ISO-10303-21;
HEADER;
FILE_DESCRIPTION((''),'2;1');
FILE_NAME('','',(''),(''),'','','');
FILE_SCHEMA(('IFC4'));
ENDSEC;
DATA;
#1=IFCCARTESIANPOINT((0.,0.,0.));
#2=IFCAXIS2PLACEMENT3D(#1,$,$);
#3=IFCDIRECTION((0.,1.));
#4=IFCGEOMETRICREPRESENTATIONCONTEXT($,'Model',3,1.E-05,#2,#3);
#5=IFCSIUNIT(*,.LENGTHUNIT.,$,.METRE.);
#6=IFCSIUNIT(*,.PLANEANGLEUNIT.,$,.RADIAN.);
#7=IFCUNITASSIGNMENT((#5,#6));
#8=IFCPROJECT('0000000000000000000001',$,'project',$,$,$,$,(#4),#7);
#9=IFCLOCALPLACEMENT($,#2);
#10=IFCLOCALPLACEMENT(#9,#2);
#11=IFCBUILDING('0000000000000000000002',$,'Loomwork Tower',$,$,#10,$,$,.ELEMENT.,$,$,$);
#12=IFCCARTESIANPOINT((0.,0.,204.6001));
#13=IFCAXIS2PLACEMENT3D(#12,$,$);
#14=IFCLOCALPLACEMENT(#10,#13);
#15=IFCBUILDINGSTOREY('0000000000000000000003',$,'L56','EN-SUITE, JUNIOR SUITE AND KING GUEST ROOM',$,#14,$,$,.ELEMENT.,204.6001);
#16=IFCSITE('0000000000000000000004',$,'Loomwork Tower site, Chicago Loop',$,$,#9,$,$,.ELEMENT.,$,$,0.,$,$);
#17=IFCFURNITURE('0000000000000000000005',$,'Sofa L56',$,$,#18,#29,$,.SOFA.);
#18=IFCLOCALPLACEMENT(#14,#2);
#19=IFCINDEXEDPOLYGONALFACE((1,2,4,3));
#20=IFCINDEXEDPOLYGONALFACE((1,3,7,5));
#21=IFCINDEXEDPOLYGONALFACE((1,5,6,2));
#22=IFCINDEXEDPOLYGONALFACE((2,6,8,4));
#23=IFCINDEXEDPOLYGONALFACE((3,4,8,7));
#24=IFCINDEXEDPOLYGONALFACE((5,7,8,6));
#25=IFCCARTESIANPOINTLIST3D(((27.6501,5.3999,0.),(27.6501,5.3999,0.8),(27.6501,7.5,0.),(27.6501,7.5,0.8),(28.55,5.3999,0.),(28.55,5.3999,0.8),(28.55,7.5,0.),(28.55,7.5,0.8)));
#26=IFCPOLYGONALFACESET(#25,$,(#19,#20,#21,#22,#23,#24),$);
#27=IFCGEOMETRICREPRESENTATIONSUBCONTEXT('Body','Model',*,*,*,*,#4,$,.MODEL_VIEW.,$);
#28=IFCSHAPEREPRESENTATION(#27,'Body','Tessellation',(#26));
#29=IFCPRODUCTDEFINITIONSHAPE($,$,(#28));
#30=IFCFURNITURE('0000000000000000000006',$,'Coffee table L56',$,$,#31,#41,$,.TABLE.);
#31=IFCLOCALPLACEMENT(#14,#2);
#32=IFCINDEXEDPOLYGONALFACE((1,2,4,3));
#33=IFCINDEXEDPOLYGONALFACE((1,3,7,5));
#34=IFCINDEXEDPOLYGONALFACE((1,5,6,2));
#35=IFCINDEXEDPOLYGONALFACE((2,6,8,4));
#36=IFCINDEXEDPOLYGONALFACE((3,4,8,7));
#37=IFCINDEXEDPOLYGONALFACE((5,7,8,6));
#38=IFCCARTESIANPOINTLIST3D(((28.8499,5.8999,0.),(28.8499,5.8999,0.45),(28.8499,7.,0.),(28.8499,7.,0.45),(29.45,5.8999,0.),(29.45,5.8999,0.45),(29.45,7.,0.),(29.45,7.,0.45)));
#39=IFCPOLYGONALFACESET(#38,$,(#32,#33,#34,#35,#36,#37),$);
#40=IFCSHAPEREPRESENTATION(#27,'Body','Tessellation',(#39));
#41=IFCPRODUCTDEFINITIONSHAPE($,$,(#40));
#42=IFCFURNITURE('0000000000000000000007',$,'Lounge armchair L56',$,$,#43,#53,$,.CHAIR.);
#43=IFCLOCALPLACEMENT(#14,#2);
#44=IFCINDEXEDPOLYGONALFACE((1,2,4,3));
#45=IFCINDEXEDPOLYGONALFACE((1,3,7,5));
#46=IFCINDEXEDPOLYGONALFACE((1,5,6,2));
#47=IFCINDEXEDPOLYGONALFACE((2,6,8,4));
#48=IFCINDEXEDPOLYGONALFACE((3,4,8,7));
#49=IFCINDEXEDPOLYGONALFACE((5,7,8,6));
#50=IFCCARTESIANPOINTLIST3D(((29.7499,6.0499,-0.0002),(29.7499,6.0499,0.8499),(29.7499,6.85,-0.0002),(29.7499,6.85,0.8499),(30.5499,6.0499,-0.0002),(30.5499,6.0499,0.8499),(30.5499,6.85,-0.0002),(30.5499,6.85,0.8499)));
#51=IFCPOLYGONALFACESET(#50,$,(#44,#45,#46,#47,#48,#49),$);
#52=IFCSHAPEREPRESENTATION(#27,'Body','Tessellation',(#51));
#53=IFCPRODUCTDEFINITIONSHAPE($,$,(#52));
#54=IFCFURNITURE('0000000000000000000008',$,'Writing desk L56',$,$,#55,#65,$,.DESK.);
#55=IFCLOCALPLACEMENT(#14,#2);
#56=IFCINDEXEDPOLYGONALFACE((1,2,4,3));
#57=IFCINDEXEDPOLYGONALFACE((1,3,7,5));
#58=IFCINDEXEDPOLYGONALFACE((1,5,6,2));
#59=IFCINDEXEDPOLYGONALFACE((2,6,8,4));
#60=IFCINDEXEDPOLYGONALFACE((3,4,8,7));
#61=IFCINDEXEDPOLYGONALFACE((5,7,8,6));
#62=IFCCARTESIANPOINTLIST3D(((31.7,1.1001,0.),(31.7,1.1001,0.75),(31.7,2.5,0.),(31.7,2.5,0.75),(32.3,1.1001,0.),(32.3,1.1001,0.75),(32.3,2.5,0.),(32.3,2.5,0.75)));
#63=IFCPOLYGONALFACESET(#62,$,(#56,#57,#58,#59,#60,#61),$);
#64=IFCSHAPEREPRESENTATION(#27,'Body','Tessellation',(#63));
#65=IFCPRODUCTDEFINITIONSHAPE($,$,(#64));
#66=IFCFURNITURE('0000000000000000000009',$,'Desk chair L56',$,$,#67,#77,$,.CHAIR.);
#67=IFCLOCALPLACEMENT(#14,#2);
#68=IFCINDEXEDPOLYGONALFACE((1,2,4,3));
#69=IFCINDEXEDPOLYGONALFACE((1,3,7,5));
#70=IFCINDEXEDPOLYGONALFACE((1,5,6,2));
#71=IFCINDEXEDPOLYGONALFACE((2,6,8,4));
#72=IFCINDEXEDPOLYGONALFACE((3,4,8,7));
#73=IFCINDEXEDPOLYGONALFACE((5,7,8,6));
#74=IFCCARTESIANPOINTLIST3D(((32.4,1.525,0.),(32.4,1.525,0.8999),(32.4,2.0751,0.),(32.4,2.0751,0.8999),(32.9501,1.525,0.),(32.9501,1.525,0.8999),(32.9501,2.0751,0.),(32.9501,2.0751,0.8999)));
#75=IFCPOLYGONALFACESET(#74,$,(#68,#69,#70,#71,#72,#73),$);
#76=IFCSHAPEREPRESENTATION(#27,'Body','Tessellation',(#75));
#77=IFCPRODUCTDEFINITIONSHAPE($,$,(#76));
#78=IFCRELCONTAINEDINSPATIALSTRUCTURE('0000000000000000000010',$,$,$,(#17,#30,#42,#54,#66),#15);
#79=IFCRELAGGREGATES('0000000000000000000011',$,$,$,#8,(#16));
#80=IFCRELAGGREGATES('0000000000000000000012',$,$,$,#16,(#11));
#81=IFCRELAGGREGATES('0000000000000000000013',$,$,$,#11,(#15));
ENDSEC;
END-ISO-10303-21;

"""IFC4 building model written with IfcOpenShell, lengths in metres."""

from ifc_helpers import new_model, si_unit, direction, frame, origin, origin_2d, place, context, subcontext, project, spatial, rectangle, extrude, element, save


model = new_model("IFC4")

# Units and contexts
model_context = context("Model", 3, precision=1e-05, world=origin(), true_north=direction((0.0, 1.0)))
body_context = subcontext(model_context, "Body", "Model", "MODEL_VIEW")
ifc_project = project(units=[si_unit("LENGTHUNIT", "METRE"), si_unit("PLANEANGLEUNIT", "RADIAN")], contexts=[model_context])

# Site, building, storey
site_placement = place(None, origin())
site = spatial("IfcSite", under=ifc_project, at=site_placement, Name="Loomwork Tower site, Chicago Loop", CompositionType="ELEMENT", RefElevation=0.0)
building_placement = place(site_placement, origin())
building = spatial("IfcBuilding", under=site, at=building_placement, Name="Loomwork Tower", CompositionType="ELEMENT")
storey_placement = place(building_placement, frame((0.0, 0.0, 204.6001)))
storey = spatial("IfcBuildingStorey", under=building, at=storey_placement, Name="L56", Description="EN-SUITE, JUNIOR SUITE AND KING GUEST ROOM", CompositionType="ELEMENT", Elevation=204.6001)

# Furniture
furniture_1_placement = place(storey_placement, frame((28.1001, 6.45, 0.0), z_axis=(0.0, 0.0, 1.0), x_axis=(1.0, 0.0, 0.0)))
element("IfcFurniture", 1, at=furniture_1_placement, inside=storey, Name="Sofa L56", PredefinedType="SOFA", context=body_context, shape_type="SweptSolid", body=[
    extrude(rectangle(XDim=0.8999, YDim=2.1001, at=origin_2d()), origin(), (0.0, 0.0, 1.0), 0.8),
])
furniture_2_placement = place(storey_placement, frame((29.1499, 6.45, 0.0), z_axis=(0.0, 0.0, 1.0), x_axis=(1.0, 0.0, 0.0)))
element("IfcFurniture", 2, at=furniture_2_placement, inside=storey, Name="Coffee table L56", PredefinedType="TABLE", context=body_context, shape_type="SweptSolid", body=[
    extrude(rectangle(XDim=0.6001, YDim=1.1001, at=origin_2d()), origin(), (0.0, 0.0, 1.0), 0.45),
])
furniture_3_placement = place(storey_placement, frame((30.1499, 6.45, -0.0002), z_axis=(0.0, 0.0, 1.0), x_axis=(1.0, 0.0, 0.0)))
element("IfcFurniture", 3, at=furniture_3_placement, inside=storey, Name="Lounge armchair L56", PredefinedType="CHAIR", context=body_context, shape_type="SweptSolid", body=[
    extrude(rectangle(XDim=0.8, YDim=0.8, at=origin_2d()), origin(), (0.0, 0.0, 1.0), 0.8501),
])
furniture_4_placement = place(storey_placement, frame((32.0, 1.8, 0.0), z_axis=(0.0, 0.0, 1.0), x_axis=(1.0, 0.0, 0.0)))
element("IfcFurniture", 4, at=furniture_4_placement, inside=storey, Name="Writing desk L56", PredefinedType="DESK", context=body_context, shape_type="SweptSolid", body=[
    extrude(rectangle(XDim=0.6001, YDim=1.3999, at=origin_2d()), origin(), (0.0, 0.0, 1.0), 0.75),
])
furniture_5_placement = place(storey_placement, frame((32.675, 1.8, 0.0), z_axis=(0.0, 0.0, 1.0), x_axis=(1.0, 0.0, 0.0)))
element("IfcFurniture", 5, at=furniture_5_placement, inside=storey, Name="Desk chair L56", PredefinedType="CHAIR", context=body_context, shape_type="SweptSolid", body=[
    extrude(rectangle(XDim=0.55, YDim=0.55, at=origin_2d()), origin(), (0.0, 0.0, 1.0), 0.8999),
])

save(model, "model.ifc")
